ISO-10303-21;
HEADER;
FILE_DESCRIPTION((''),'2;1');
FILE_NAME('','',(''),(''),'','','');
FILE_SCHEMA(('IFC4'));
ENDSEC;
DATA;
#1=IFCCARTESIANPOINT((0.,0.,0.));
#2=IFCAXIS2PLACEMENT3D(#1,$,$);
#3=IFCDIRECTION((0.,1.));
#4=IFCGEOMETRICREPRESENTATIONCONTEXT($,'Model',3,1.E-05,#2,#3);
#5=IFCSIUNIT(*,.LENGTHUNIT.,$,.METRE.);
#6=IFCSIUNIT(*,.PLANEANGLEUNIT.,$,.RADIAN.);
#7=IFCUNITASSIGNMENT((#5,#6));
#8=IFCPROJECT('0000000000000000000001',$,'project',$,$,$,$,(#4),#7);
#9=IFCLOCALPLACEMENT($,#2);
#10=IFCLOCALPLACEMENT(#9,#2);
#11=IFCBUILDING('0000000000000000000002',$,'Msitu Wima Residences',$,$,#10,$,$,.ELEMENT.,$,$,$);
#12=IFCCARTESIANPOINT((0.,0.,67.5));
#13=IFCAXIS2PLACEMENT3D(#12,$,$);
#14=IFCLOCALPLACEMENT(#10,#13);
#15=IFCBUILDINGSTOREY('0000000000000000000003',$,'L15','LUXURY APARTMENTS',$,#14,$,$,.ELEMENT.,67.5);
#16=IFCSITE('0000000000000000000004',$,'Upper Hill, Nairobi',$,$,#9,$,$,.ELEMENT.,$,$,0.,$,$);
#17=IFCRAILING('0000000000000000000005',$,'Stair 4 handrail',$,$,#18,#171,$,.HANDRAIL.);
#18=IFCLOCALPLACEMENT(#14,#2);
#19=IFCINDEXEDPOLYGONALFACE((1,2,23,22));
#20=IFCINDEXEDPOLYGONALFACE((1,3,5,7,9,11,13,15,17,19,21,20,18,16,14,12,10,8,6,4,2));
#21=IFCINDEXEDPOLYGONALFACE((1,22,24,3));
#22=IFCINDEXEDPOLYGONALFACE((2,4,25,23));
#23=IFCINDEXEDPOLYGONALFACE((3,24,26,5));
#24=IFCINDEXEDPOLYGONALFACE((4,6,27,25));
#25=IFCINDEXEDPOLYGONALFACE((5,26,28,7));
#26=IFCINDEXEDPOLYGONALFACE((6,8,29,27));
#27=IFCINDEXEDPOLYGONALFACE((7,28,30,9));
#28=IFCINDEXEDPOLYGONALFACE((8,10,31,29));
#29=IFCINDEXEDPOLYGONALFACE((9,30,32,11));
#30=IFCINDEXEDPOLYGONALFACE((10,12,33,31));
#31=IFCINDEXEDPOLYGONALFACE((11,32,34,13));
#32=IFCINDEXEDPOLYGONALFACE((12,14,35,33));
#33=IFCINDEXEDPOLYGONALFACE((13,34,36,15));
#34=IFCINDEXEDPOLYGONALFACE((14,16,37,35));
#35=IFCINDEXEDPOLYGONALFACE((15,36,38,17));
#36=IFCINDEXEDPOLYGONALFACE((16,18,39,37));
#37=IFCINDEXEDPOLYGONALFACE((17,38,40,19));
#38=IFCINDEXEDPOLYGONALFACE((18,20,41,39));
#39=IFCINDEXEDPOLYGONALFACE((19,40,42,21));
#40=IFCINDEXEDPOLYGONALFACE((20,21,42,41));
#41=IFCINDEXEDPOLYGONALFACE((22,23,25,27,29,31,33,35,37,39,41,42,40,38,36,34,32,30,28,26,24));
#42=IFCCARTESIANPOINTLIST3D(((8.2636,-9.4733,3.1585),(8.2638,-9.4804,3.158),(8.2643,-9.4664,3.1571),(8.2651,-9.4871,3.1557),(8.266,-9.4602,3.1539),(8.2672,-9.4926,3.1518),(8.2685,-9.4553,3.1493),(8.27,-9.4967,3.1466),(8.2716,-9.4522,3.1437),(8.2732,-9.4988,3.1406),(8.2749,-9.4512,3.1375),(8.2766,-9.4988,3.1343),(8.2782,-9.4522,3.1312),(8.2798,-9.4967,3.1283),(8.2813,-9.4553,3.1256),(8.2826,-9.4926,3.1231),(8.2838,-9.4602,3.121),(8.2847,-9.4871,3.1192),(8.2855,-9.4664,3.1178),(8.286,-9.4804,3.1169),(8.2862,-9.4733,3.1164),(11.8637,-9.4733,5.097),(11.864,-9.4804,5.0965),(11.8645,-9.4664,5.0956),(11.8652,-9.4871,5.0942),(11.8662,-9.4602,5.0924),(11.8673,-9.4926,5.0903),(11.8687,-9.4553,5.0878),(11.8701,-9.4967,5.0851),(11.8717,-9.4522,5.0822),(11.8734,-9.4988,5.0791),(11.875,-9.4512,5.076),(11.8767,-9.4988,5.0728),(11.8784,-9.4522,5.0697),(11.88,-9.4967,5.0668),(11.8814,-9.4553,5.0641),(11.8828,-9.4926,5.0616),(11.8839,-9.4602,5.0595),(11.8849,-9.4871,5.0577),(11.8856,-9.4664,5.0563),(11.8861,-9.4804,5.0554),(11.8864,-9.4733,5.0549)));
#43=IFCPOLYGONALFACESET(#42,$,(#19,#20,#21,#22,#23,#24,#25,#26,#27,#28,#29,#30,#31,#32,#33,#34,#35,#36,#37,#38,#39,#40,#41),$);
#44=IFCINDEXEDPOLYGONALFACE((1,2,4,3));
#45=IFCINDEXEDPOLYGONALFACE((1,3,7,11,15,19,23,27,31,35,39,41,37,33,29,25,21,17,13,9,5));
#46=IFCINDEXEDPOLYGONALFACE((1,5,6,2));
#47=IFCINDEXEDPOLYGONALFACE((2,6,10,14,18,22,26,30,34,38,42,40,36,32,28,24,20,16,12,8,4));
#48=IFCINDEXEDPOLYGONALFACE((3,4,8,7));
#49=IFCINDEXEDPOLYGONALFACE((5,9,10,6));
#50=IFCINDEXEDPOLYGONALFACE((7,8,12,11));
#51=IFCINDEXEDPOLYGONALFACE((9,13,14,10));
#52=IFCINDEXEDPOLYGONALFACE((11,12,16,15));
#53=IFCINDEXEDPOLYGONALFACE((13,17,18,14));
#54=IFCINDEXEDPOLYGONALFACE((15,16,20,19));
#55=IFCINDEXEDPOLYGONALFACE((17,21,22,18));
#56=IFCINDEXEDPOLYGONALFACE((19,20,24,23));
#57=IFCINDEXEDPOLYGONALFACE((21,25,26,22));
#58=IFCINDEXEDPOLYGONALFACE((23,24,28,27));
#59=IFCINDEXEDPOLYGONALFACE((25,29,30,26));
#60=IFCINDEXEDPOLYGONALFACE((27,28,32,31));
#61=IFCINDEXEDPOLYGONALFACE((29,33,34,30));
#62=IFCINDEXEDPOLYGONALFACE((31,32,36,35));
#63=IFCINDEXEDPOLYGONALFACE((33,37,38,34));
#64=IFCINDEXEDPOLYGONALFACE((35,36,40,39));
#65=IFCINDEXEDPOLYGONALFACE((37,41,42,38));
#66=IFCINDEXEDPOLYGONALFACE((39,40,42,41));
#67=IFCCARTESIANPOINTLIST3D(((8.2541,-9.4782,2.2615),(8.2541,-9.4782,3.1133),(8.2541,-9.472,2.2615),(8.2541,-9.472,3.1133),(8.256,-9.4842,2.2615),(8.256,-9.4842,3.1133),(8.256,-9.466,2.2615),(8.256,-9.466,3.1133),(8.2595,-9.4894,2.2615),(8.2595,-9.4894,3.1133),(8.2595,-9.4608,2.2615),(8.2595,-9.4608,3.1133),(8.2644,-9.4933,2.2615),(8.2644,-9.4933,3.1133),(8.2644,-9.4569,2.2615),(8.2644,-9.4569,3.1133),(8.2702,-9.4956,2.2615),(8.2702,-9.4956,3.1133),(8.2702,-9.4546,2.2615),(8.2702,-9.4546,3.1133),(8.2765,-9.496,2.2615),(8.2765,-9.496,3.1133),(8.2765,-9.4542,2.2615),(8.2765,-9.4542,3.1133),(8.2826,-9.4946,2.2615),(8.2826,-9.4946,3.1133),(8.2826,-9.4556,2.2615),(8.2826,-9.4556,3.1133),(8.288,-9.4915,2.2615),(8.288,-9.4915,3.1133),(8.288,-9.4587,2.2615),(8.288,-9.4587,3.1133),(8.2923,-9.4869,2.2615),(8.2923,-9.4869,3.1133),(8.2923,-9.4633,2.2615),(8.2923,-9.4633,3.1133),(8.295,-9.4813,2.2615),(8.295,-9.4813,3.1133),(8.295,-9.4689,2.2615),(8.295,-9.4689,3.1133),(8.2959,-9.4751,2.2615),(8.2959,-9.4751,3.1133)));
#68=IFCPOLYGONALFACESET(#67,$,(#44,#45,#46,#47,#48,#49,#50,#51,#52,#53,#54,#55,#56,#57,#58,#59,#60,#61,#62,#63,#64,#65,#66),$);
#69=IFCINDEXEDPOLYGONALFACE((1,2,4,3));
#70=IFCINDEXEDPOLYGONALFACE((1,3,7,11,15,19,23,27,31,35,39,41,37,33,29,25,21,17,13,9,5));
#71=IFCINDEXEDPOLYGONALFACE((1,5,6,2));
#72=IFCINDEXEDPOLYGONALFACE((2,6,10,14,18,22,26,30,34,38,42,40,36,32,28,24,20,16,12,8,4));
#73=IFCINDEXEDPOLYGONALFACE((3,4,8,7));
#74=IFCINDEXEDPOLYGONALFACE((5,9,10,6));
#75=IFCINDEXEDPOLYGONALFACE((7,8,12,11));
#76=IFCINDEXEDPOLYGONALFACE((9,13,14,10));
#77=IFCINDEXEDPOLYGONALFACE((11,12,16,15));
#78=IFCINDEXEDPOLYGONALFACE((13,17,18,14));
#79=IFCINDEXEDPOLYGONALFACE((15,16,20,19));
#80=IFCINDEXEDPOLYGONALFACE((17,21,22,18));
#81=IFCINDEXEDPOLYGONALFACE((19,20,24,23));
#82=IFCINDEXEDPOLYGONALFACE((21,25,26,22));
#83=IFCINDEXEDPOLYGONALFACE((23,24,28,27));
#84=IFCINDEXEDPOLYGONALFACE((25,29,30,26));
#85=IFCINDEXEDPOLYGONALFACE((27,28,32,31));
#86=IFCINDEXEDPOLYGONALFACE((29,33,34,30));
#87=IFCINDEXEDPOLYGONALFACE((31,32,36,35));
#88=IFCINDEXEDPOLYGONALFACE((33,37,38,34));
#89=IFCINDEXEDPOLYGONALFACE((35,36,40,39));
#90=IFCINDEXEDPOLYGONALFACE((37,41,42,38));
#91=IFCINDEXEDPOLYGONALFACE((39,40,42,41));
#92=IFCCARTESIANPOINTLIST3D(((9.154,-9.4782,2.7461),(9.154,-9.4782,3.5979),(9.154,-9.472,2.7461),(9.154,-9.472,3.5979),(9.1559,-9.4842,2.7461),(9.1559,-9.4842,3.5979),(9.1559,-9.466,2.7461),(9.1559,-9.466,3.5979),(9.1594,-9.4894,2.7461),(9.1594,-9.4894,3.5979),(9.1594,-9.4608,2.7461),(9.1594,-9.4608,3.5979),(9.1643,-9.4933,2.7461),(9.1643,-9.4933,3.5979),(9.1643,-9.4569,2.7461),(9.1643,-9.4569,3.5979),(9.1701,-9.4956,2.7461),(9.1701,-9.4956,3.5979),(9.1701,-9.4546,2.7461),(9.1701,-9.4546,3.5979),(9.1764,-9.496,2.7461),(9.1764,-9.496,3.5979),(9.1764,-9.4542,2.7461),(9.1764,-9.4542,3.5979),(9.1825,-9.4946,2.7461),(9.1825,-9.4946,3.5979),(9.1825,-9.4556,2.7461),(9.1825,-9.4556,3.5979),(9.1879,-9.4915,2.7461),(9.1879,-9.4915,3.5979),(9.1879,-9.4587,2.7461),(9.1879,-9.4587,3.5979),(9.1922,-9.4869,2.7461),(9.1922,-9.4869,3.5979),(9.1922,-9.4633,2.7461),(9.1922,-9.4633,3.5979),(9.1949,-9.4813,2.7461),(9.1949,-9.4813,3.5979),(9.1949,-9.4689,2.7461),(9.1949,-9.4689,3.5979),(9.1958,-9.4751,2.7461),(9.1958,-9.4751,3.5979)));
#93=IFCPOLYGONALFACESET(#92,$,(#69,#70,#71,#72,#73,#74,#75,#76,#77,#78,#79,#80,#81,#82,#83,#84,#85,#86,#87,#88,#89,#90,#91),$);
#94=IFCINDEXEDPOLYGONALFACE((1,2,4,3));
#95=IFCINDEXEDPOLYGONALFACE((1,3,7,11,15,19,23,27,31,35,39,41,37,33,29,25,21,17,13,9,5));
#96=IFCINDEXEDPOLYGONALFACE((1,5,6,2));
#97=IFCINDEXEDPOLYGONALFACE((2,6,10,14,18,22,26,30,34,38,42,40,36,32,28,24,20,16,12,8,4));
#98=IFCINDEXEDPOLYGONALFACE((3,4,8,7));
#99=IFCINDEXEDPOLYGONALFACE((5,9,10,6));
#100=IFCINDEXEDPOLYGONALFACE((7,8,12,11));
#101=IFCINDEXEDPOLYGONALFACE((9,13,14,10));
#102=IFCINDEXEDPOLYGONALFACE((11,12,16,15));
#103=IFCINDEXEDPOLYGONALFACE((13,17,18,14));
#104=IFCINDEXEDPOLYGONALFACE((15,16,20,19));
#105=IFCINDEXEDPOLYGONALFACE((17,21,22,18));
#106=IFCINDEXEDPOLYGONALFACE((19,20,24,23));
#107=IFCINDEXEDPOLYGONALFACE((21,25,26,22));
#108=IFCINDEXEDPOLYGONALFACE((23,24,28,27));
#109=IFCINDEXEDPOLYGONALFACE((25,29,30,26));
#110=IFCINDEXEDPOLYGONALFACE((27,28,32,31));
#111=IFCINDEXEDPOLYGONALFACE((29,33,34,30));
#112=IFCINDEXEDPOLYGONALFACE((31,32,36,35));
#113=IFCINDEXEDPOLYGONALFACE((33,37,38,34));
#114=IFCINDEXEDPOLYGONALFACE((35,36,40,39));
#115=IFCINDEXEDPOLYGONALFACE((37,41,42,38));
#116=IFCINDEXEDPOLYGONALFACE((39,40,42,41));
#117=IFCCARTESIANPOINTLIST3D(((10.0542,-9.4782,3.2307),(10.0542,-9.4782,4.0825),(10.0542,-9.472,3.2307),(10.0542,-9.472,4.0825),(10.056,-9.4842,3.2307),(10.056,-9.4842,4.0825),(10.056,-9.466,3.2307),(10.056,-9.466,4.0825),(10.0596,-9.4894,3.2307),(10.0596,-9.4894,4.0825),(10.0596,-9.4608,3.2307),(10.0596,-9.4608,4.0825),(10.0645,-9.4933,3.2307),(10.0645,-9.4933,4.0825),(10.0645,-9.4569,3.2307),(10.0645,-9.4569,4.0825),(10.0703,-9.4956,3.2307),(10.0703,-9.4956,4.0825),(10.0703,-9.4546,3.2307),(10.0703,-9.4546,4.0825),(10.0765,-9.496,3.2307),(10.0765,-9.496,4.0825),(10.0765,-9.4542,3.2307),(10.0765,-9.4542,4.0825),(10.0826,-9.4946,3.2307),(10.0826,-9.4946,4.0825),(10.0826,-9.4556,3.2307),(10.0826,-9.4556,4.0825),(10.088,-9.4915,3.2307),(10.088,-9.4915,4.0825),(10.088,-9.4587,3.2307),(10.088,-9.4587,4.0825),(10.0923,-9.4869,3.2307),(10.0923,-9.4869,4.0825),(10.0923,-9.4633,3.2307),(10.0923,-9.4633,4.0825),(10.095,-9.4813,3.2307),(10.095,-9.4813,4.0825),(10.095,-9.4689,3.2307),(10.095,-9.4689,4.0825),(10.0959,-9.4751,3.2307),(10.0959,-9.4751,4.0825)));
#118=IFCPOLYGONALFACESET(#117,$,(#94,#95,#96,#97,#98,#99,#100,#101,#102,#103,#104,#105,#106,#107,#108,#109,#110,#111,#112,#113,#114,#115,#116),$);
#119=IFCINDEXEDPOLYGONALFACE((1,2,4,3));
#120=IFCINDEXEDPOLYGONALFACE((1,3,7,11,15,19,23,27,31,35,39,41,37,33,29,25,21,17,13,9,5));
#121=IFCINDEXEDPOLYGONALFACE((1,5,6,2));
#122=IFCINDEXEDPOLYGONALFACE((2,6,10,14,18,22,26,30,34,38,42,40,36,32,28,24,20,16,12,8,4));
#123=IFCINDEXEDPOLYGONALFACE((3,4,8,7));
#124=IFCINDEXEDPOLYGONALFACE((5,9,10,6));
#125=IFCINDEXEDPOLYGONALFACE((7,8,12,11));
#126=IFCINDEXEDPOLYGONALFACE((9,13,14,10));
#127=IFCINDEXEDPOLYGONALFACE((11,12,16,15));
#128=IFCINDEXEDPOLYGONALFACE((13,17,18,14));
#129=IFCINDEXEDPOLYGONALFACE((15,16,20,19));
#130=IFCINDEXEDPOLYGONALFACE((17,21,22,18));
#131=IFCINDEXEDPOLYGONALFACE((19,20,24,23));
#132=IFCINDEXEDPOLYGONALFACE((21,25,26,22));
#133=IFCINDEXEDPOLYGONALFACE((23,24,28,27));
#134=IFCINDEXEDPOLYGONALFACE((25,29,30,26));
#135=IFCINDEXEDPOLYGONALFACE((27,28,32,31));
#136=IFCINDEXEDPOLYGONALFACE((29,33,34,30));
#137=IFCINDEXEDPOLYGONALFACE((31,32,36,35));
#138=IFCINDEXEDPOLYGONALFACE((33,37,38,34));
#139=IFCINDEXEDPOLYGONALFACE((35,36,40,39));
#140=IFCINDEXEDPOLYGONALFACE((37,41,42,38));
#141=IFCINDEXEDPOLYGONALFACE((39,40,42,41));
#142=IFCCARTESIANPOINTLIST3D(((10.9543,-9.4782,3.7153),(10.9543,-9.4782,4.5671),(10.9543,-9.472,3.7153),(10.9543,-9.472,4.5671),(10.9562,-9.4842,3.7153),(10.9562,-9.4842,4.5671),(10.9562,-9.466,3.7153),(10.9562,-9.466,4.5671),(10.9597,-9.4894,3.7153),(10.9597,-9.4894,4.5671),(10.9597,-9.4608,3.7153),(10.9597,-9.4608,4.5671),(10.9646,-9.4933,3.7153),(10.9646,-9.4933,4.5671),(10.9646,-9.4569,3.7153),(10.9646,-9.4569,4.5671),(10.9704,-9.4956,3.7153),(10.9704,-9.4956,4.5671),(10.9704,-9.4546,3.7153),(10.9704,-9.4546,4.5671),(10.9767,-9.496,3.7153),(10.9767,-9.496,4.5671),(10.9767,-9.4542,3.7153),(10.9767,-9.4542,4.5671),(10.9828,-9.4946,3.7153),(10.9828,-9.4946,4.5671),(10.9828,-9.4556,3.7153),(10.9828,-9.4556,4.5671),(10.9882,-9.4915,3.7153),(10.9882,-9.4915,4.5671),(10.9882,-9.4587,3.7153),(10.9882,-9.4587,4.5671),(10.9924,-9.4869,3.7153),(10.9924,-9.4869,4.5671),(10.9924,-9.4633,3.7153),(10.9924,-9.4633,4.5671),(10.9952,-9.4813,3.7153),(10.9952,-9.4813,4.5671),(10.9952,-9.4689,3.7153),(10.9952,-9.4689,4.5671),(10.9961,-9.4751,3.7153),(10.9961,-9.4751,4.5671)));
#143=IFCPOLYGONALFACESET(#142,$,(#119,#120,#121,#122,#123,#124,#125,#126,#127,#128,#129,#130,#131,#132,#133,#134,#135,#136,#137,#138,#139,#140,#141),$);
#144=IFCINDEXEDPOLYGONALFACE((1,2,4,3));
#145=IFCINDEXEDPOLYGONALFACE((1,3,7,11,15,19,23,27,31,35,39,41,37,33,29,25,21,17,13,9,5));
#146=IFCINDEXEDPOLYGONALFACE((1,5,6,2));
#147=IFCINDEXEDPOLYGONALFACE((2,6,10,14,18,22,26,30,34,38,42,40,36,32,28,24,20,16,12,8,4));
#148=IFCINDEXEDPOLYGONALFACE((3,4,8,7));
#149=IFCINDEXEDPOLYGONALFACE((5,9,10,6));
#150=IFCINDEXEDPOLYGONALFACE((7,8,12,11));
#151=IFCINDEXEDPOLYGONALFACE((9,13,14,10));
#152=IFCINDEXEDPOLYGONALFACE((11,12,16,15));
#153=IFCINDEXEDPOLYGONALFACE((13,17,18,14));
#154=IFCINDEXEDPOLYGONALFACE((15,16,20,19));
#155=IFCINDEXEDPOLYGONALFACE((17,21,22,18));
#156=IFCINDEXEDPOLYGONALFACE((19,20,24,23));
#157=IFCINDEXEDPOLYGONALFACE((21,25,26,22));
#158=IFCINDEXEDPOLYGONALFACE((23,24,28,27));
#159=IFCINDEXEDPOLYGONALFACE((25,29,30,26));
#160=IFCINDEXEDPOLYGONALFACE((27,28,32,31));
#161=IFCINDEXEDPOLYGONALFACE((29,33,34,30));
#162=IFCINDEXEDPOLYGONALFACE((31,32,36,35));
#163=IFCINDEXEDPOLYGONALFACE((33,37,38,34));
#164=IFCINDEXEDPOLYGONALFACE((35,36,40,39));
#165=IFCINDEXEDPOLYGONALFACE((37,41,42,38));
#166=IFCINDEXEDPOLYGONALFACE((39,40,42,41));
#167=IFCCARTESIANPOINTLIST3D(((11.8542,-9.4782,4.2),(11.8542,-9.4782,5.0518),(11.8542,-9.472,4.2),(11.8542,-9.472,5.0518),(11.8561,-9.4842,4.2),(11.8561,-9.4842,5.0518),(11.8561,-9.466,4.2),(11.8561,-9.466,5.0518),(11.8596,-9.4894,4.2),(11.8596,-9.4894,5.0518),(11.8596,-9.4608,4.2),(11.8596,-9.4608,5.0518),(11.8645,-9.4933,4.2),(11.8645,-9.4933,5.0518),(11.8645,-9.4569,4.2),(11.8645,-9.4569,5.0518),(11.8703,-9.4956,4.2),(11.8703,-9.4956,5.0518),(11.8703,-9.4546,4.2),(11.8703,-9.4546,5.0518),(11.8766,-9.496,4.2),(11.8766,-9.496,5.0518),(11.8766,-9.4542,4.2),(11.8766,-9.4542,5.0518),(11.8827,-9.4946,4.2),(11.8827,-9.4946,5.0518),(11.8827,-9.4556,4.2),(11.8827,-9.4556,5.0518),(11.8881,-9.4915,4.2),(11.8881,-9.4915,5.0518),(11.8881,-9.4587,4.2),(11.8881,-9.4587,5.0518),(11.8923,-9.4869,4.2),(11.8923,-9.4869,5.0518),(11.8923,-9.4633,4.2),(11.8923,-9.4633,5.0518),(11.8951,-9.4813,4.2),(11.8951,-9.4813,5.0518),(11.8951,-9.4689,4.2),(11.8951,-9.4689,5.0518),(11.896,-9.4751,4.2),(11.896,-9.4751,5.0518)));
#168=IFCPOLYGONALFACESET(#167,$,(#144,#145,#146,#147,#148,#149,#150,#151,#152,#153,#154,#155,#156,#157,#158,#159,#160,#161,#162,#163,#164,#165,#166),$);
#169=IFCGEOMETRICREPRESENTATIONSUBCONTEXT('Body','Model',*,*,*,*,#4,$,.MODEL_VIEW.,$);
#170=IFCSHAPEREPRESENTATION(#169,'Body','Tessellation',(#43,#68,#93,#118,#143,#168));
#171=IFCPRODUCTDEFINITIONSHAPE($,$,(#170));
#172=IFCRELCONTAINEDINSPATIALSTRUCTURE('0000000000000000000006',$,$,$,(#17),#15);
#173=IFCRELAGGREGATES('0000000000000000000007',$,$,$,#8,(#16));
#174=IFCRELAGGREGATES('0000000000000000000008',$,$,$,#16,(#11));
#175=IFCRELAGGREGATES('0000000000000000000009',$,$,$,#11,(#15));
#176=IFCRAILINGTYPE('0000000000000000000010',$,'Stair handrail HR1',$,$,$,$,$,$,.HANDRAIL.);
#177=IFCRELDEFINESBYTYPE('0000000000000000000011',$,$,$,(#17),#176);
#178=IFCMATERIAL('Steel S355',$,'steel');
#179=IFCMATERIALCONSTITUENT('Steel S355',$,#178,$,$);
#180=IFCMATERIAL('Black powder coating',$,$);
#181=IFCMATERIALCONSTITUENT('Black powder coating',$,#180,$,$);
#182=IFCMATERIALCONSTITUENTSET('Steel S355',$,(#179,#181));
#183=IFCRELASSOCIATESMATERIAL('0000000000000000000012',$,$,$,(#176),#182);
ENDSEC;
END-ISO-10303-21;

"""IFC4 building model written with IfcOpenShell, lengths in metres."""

from ifc_helpers import new_model, si_unit, direction, frame, origin, origin_2d, place, context, subcontext, project, spatial, circle, extrude, material, constituent, constituent_set, type_object, element, save


model = new_model("IFC4")

# Units and contexts
model_context = context("Model", 3, precision=1e-05, world=origin(), true_north=direction((0.0, 1.0)))
body_context = subcontext(model_context, "Body", "Model", "MODEL_VIEW")
ifc_project = project(units=[si_unit("LENGTHUNIT", "METRE"), si_unit("PLANEANGLEUNIT", "RADIAN")], contexts=[model_context])

# Site, building, storey
site_placement = place(None, origin())
site = spatial("IfcSite", under=ifc_project, at=site_placement, Name="Upper Hill, Nairobi", CompositionType="ELEMENT", RefElevation=0.0)
building_placement = place(site_placement, origin())
building = spatial("IfcBuilding", under=site, at=building_placement, Name="Msitu Wima Residences", CompositionType="ELEMENT")
storey_placement = place(building_placement, frame((0.0, 0.0, 67.5)))
storey = spatial("IfcBuildingStorey", under=building, at=storey_placement, Name="L15", Description="LUXURY APARTMENTS", CompositionType="ELEMENT", Elevation=67.5)

# Railing
ifc_material_1 = material(Name="Steel S355", Category="steel")
ifc_constituent_1 = constituent(ifc_material_1, Name="Steel S355")
ifc_material_2 = material(Name="Black powder coating")
ifc_constituent_2 = constituent(ifc_material_2, Name="Black powder coating")
ifc_constituent_set = constituent_set(constituents=[ifc_constituent_1, ifc_constituent_2], Name="Steel S355")
railing_type = type_object("IfcRailingType", Name="Stair handrail HR1", PredefinedType="HANDRAIL", material=ifc_constituent_set)
for number, where, name in (
    (1, (8.2749, -9.4751, 2.2615), "Stair 4 handrail"),
):
    element("IfcRailing", number, at=place(storey_placement, frame(where)), inside=storey, type_object=railing_type, Name=name, PredefinedType="HANDRAIL", context=body_context, shape_type="SweptSolid", body=[
        extrude(circle(Radius=0.0239, at=origin_2d()), frame((0.0, 0.0, 0.876), z_axis=(0.880475, 0.0, 0.474093), x_axis=(0.0, 1.0, 0.0)), (0.0, 0.0, 1.0), 4.0889),
        extrude(circle(Radius=0.021, at=origin_2d()), origin(), (0.0, 0.0, 1.0), 0.8518),
        extrude(circle(Radius=0.021, at=origin_2d()), frame((0.8999, 0.0, 0.4846)), (0.0, 0.0, 1.0), 0.8518),
        extrude(circle(Radius=0.021, at=origin_2d()), frame((1.8, 0.0, 0.9692)), (0.0, 0.0, 1.0), 0.8518),
        extrude(circle(Radius=0.021, at=origin_2d()), frame((2.7002, 0.0, 1.4539)), (0.0, 0.0, 1.0), 0.8518),
        extrude(circle(Radius=0.021, at=origin_2d()), frame((3.6001, 0.0, 1.9385)), (0.0, 0.0, 1.0), 0.8518),
    ])

save(model, "model.ifc")
